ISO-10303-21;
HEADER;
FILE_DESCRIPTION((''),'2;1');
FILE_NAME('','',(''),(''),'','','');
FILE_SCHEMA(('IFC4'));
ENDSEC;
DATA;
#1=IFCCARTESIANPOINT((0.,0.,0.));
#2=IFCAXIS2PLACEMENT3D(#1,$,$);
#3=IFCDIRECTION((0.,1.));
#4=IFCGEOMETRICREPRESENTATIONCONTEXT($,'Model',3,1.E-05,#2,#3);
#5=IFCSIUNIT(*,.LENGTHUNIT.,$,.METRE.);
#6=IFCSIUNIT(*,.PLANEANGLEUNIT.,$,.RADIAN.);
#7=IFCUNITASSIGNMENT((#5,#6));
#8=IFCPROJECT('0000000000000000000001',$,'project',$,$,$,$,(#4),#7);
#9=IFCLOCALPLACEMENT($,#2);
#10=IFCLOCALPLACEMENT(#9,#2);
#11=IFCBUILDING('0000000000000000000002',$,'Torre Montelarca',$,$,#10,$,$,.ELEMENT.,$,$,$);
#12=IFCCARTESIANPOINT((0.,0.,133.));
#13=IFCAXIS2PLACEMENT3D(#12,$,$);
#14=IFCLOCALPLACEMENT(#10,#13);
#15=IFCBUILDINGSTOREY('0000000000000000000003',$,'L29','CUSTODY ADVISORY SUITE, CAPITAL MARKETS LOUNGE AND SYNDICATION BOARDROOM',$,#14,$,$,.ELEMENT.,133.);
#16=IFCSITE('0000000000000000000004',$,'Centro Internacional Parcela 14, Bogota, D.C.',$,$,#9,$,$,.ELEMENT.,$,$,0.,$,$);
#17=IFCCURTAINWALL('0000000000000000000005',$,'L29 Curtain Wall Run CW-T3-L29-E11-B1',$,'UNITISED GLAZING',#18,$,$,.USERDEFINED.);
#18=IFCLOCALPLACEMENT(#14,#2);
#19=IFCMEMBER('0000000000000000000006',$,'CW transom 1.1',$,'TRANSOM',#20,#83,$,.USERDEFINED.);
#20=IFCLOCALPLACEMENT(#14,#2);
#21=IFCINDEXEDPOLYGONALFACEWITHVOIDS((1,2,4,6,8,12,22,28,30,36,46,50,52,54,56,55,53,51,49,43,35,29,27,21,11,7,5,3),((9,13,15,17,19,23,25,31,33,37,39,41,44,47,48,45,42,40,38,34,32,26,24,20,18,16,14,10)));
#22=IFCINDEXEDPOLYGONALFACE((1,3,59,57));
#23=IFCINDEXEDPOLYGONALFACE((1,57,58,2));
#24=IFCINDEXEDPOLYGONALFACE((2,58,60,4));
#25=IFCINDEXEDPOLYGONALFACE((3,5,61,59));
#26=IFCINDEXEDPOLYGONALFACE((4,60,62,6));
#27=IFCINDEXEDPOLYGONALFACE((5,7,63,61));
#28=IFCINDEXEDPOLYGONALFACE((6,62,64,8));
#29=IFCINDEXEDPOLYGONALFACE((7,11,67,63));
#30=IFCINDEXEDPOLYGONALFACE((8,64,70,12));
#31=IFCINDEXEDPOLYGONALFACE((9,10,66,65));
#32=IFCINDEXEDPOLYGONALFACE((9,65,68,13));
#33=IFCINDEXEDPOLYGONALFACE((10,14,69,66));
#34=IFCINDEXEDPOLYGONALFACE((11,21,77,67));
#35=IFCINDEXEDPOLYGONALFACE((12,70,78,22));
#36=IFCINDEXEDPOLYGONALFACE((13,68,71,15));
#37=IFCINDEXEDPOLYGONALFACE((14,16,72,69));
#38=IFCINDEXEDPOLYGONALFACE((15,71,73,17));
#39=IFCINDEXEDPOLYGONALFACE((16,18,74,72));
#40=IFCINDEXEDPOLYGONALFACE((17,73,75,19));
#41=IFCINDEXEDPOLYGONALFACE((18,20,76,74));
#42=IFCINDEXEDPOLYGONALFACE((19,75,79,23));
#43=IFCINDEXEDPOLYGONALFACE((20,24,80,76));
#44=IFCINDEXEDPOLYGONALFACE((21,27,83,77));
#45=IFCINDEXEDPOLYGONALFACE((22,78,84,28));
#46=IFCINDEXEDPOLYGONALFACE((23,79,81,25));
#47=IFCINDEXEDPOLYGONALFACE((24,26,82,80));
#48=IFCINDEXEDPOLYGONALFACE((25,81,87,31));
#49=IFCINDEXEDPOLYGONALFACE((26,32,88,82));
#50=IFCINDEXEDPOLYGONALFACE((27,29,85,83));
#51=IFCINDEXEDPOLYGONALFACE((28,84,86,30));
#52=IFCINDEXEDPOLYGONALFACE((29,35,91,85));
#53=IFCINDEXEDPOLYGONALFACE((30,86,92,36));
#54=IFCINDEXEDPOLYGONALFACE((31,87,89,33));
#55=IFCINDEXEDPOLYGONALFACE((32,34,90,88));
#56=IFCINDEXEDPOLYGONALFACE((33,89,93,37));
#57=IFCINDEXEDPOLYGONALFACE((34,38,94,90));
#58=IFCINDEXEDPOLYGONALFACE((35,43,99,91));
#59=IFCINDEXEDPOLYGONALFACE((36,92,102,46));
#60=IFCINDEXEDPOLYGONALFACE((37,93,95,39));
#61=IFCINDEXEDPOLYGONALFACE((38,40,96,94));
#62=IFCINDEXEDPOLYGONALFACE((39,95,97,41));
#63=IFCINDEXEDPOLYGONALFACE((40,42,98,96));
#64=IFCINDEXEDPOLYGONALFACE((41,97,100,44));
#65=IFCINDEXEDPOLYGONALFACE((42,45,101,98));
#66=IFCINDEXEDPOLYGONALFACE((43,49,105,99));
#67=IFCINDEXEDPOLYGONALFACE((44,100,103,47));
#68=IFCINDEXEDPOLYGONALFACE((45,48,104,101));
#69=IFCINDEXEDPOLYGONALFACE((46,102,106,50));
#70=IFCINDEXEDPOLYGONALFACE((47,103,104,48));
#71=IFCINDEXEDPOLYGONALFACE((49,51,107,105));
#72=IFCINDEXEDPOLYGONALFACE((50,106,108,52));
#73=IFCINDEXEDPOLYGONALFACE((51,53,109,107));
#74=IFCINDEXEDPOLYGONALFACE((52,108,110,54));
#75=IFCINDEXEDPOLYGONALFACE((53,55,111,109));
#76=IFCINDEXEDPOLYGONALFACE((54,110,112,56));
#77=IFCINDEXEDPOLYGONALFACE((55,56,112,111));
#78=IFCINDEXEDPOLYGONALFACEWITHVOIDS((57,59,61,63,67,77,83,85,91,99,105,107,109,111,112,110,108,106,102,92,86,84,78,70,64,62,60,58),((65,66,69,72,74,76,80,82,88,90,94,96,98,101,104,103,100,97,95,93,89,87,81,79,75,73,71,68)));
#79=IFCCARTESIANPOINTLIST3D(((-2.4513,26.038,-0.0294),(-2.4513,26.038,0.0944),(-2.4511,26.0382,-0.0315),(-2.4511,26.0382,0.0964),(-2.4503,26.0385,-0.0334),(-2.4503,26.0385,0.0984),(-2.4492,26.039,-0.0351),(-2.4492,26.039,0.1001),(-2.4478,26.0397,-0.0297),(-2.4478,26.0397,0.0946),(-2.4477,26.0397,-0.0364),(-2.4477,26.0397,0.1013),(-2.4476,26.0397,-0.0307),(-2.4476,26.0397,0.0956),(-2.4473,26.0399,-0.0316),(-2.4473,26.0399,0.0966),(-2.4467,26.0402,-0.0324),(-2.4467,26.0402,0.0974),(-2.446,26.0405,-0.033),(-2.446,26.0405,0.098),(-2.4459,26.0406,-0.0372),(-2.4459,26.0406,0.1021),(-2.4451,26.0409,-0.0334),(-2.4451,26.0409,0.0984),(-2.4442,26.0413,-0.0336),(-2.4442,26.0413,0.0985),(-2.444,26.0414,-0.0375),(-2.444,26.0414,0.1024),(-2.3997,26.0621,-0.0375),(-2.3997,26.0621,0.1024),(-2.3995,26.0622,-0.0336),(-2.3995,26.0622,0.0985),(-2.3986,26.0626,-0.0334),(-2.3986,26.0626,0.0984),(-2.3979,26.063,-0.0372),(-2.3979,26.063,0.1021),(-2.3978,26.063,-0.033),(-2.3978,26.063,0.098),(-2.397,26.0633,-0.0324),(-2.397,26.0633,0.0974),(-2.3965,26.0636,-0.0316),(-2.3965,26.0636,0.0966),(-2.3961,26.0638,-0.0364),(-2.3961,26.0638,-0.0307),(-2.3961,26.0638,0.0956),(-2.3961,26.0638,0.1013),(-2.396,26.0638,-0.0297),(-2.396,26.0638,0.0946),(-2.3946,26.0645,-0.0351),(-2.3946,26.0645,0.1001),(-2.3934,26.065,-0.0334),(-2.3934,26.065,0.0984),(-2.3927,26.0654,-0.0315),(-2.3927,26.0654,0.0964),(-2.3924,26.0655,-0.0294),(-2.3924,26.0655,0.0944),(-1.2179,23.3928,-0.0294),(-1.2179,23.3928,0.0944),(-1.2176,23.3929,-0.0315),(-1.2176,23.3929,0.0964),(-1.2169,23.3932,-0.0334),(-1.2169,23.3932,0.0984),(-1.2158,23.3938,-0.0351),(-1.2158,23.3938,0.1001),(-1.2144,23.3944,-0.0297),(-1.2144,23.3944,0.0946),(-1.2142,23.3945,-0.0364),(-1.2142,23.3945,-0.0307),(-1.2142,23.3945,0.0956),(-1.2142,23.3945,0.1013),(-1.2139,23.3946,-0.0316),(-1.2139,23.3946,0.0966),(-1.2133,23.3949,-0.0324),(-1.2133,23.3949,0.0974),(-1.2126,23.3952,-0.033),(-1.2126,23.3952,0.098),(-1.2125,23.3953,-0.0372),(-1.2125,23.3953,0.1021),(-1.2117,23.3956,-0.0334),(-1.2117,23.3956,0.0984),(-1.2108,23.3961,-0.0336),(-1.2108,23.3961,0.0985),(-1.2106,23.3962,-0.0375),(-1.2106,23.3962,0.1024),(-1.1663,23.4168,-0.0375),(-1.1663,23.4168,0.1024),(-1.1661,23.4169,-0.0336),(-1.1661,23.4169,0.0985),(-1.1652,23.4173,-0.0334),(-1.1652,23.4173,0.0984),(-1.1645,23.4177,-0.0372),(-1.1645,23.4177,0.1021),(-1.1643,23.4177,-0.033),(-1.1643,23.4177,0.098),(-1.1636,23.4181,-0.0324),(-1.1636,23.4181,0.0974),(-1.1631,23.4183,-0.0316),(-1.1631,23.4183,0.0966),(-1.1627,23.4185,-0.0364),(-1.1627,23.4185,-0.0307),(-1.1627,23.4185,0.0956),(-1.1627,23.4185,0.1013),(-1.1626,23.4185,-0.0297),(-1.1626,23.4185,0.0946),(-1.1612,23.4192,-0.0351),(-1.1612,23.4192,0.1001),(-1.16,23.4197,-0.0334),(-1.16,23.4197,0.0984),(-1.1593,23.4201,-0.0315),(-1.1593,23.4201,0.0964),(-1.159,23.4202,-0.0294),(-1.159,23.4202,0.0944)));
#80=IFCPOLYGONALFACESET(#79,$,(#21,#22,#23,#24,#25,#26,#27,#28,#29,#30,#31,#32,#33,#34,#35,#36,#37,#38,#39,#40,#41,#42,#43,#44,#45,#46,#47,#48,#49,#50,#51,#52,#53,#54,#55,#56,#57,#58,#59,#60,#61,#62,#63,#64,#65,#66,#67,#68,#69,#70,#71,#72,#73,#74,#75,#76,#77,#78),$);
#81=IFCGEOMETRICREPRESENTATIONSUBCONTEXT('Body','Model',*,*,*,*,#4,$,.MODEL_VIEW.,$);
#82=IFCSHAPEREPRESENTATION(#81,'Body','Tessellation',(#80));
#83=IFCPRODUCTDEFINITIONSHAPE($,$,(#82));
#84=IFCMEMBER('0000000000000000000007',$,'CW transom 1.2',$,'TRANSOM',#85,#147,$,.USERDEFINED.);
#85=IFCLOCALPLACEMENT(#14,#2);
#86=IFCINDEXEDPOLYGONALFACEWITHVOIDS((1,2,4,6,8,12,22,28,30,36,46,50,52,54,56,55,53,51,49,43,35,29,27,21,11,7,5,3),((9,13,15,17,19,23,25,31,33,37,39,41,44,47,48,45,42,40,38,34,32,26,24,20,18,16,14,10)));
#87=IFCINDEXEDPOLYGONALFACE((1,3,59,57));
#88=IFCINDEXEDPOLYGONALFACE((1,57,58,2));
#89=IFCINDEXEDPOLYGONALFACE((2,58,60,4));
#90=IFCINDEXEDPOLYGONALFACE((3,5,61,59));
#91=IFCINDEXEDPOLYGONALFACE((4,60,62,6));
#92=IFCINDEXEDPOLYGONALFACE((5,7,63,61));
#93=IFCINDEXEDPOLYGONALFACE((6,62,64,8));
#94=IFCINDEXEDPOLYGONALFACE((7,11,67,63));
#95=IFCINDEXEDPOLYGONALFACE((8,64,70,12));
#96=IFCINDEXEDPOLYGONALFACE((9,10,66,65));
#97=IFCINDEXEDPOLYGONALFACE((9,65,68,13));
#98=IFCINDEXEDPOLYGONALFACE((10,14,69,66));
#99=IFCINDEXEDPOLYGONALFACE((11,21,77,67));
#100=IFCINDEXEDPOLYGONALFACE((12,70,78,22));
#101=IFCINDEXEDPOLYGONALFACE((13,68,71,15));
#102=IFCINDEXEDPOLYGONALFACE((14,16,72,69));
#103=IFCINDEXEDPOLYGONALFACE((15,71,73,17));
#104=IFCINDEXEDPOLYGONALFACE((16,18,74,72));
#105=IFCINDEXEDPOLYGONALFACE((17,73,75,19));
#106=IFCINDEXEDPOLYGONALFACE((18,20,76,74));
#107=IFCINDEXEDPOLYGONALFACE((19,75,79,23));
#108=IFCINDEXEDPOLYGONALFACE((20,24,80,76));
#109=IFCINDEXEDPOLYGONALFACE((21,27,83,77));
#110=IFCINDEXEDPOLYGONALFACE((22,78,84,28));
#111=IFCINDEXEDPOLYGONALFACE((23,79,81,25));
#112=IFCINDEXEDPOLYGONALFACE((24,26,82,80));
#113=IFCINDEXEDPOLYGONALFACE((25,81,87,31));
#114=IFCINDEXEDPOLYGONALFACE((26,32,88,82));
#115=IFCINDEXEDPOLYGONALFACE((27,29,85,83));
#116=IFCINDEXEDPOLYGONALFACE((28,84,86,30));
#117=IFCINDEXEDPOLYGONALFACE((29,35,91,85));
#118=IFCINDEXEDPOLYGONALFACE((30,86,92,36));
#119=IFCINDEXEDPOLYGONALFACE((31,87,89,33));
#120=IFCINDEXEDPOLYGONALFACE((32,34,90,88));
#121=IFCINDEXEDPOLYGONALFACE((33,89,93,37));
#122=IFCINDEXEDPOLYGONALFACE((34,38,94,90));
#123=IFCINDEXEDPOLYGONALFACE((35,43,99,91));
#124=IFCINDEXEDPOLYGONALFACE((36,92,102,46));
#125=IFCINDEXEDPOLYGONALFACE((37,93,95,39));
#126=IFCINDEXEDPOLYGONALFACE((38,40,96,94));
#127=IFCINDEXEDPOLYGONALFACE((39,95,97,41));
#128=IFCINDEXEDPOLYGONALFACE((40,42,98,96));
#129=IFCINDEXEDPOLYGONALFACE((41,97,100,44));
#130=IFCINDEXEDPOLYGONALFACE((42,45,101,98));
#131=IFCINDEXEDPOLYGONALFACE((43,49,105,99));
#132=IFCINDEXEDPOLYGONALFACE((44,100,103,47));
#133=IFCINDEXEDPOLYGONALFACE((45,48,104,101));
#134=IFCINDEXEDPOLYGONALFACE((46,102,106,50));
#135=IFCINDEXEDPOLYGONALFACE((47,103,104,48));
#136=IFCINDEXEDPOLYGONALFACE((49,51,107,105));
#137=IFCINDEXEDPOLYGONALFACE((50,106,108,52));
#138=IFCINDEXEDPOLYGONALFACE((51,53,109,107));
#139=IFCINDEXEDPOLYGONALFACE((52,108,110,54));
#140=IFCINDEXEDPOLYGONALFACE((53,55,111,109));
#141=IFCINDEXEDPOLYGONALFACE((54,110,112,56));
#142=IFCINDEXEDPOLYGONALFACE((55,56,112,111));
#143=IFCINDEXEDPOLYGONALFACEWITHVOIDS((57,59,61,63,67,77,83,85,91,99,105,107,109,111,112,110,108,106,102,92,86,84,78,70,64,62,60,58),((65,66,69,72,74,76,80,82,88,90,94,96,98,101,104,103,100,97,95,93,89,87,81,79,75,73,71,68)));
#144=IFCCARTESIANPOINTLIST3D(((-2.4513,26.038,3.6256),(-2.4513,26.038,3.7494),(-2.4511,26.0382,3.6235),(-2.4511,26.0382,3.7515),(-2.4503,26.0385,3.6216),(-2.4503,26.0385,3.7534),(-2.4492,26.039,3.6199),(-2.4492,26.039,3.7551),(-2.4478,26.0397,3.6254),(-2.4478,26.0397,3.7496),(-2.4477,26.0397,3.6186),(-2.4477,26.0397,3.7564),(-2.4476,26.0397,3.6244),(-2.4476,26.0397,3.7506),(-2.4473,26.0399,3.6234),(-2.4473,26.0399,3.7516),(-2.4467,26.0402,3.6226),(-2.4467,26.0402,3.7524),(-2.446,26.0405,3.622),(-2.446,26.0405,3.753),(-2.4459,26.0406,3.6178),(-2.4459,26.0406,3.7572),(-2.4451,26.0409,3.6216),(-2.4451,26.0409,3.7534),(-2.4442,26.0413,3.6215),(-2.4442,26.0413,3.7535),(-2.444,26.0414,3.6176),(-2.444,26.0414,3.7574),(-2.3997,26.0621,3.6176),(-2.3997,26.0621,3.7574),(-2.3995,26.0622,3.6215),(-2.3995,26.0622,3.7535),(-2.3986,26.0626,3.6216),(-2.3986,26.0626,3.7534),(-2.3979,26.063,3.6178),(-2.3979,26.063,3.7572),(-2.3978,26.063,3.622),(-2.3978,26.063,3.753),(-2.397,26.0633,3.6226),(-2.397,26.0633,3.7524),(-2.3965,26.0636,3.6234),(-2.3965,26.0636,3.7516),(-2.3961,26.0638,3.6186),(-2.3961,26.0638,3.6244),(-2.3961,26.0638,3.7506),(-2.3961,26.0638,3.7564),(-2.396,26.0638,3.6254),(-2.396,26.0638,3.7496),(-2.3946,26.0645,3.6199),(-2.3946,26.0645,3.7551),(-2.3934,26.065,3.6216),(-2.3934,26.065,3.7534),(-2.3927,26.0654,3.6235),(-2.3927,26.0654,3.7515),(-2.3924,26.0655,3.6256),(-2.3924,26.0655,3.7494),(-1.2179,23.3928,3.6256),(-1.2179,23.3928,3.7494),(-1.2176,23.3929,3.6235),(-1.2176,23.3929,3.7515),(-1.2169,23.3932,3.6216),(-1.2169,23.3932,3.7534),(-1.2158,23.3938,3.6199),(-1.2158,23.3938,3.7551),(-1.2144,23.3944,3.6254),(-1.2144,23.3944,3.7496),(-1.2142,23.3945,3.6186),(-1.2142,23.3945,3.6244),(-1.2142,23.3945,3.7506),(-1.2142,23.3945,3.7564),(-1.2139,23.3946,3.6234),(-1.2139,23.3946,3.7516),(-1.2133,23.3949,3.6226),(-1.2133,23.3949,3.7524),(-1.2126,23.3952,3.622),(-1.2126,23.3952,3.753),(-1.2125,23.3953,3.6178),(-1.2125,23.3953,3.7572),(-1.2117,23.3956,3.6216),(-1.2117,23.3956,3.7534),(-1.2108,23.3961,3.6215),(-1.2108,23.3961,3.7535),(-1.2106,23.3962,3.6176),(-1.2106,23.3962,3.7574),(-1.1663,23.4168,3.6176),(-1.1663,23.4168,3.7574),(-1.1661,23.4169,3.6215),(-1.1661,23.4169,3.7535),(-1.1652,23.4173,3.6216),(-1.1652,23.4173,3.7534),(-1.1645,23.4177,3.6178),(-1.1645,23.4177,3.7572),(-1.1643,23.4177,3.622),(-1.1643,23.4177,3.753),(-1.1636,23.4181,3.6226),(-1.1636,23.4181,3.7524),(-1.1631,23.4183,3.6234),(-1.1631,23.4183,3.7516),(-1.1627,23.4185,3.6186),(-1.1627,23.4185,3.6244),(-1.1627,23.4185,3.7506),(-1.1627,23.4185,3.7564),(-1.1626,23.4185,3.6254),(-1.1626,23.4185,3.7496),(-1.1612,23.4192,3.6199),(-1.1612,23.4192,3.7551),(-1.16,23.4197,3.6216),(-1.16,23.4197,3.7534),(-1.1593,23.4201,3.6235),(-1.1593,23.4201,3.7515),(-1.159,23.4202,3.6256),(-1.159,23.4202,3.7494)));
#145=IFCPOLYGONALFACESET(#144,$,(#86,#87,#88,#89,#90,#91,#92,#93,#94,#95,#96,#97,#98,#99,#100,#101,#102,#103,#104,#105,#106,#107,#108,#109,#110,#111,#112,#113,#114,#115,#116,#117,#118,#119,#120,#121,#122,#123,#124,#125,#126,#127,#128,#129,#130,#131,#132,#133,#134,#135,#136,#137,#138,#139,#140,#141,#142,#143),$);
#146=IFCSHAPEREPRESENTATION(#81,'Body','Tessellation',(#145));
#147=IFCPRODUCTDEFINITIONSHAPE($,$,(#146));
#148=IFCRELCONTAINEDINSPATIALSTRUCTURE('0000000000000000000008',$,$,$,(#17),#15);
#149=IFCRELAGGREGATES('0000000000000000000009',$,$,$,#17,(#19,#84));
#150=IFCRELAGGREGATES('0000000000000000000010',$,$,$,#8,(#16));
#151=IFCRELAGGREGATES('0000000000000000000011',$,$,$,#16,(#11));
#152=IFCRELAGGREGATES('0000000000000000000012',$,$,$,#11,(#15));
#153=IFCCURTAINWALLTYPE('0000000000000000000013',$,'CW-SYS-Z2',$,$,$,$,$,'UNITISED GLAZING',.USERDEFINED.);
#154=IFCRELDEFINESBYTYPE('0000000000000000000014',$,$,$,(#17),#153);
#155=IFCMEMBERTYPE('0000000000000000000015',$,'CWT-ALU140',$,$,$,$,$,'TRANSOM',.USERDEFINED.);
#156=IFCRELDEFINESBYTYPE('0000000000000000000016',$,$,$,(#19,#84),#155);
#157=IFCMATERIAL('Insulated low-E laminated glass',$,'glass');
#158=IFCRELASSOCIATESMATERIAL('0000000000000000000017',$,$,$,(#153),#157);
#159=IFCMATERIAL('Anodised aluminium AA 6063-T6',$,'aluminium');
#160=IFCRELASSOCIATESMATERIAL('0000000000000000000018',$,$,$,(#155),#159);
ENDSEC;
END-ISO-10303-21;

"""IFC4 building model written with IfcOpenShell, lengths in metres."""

from ifc_helpers import new_model, si_unit, direction, frame, origin, origin_2d, place, context, subcontext, project, spatial, hollow_rectangle, extrude, source, transform, mapped, material, material_profile, profile_set, type_object, element, aggregate, save


model = new_model("IFC4")

# Units and contexts
model_context = context("Model", 3, precision=1e-05, world=origin(), true_north=direction((0.0, 1.0)))
body_context = subcontext(model_context, "Body", "Model", "MODEL_VIEW")
ifc_project = project(units=[si_unit("LENGTHUNIT", "METRE"), si_unit("PLANEANGLEUNIT", "RADIAN")], contexts=[model_context])

# Site, building, storey
site_placement = place(None, origin())
site = spatial("IfcSite", under=ifc_project, at=site_placement, Name="Centro Internacional Parcela 14, Bogota, D.C.", CompositionType="ELEMENT", RefElevation=0.0)
building_placement = place(site_placement, origin())
building = spatial("IfcBuilding", under=site, at=building_placement, Name="Torre Montelarca", CompositionType="ELEMENT")
storey_placement = place(building_placement, frame((0.0, 0.0, 133.0)))
storey = spatial("IfcBuildingStorey", under=building, at=storey_placement, Name="L29", Description="CUSTODY ADVISORY SUITE, CAPITAL MARKETS LOUNGE AND SYNDICATION BOARDROOM", CompositionType="ELEMENT", Elevation=133.0)

# Curtain wall, members
ifc_material_1 = material(Name="Insulated low-E laminated glass", Category="glass")
curtain_wall_type = type_object("IfcCurtainWallType", Name="CW-SYS-Z2", ElementType="UNITISED GLAZING", PredefinedType="USERDEFINED", material=ifc_material_1)
curtain_wall_1_placement = place(storey_placement, origin())
curtain_wall_1 = element("IfcCurtainWall", 1, at=curtain_wall_1_placement, inside=storey, type_object=curtain_wall_type, Name="L29 Curtain Wall Run CW-T3-L29-E11-B1", ObjectType="UNITISED GLAZING", PredefinedType="USERDEFINED")
ifc_material_2 = material(Name="Anodised aluminium AA 6063-T6", Category="aluminium")
ifc_material_profile_1 = material_profile(ifc_material_2, hollow_rectangle(XDim=0.0649, YDim=0.1399, WallThickness=0.0039, InnerFilletRadius=0.0039, OuterFilletRadius=0.0081, at=origin_2d()), Name="ALU65X140X4", Category="aluminium")
ifc_profile_set_1 = profile_set([ifc_material_profile_1], Name="Anodised aluminium AA 6063-T6")
member_type_1 = type_object("IfcMemberType", Name="CWT-ALU140", ElementType="TRANSOM", PredefinedType="USERDEFINED", material=ifc_profile_set_1)
shared_shape_1 = source(origin(), body_context, "Body", "SweptSolid", [
    extrude(hollow_rectangle(XDim=0.0649, YDim=0.1399, WallThickness=0.0039, InnerFilletRadius=0.0039, OuterFilletRadius=0.0081, at=origin_2d()), origin(), (0.0, 0.0, 1.0), 2.9187),
])
member_1_placement = place(storey_placement, frame((-2.4219, 26.0518, 0.0325), z_axis=(0.422588, -0.906322, 0.0), x_axis=(0.906322, 0.422588, 0.0)))
member_1 = element("IfcMember", 2, at=member_1_placement, type_object=member_type_1, Name="CW transom 1.1", ObjectType="TRANSOM", PredefinedType="USERDEFINED", context=body_context, shape_type="MappedRepresentation", body=[
    mapped(shared_shape_1, transform((0.0, 0.0, 0.0), scale=1.0)),
])
member_2_placement = place(storey_placement, frame((-2.4219, 26.0518, 3.6875), z_axis=(0.422588, -0.906322, 0.0), x_axis=(0.906322, 0.422588, 0.0)))
member_2 = element("IfcMember", 3, at=member_2_placement, type_object=member_type_1, Name="CW transom 1.2", ObjectType="TRANSOM", PredefinedType="USERDEFINED", context=body_context, shape_type="MappedRepresentation", body=[
    mapped(shared_shape_1, transform((0.0, 0.0, 0.0), scale=1.0)),
])

aggregate(curtain_wall_1, [member_1, member_2])

save(model, "model.ifc")
